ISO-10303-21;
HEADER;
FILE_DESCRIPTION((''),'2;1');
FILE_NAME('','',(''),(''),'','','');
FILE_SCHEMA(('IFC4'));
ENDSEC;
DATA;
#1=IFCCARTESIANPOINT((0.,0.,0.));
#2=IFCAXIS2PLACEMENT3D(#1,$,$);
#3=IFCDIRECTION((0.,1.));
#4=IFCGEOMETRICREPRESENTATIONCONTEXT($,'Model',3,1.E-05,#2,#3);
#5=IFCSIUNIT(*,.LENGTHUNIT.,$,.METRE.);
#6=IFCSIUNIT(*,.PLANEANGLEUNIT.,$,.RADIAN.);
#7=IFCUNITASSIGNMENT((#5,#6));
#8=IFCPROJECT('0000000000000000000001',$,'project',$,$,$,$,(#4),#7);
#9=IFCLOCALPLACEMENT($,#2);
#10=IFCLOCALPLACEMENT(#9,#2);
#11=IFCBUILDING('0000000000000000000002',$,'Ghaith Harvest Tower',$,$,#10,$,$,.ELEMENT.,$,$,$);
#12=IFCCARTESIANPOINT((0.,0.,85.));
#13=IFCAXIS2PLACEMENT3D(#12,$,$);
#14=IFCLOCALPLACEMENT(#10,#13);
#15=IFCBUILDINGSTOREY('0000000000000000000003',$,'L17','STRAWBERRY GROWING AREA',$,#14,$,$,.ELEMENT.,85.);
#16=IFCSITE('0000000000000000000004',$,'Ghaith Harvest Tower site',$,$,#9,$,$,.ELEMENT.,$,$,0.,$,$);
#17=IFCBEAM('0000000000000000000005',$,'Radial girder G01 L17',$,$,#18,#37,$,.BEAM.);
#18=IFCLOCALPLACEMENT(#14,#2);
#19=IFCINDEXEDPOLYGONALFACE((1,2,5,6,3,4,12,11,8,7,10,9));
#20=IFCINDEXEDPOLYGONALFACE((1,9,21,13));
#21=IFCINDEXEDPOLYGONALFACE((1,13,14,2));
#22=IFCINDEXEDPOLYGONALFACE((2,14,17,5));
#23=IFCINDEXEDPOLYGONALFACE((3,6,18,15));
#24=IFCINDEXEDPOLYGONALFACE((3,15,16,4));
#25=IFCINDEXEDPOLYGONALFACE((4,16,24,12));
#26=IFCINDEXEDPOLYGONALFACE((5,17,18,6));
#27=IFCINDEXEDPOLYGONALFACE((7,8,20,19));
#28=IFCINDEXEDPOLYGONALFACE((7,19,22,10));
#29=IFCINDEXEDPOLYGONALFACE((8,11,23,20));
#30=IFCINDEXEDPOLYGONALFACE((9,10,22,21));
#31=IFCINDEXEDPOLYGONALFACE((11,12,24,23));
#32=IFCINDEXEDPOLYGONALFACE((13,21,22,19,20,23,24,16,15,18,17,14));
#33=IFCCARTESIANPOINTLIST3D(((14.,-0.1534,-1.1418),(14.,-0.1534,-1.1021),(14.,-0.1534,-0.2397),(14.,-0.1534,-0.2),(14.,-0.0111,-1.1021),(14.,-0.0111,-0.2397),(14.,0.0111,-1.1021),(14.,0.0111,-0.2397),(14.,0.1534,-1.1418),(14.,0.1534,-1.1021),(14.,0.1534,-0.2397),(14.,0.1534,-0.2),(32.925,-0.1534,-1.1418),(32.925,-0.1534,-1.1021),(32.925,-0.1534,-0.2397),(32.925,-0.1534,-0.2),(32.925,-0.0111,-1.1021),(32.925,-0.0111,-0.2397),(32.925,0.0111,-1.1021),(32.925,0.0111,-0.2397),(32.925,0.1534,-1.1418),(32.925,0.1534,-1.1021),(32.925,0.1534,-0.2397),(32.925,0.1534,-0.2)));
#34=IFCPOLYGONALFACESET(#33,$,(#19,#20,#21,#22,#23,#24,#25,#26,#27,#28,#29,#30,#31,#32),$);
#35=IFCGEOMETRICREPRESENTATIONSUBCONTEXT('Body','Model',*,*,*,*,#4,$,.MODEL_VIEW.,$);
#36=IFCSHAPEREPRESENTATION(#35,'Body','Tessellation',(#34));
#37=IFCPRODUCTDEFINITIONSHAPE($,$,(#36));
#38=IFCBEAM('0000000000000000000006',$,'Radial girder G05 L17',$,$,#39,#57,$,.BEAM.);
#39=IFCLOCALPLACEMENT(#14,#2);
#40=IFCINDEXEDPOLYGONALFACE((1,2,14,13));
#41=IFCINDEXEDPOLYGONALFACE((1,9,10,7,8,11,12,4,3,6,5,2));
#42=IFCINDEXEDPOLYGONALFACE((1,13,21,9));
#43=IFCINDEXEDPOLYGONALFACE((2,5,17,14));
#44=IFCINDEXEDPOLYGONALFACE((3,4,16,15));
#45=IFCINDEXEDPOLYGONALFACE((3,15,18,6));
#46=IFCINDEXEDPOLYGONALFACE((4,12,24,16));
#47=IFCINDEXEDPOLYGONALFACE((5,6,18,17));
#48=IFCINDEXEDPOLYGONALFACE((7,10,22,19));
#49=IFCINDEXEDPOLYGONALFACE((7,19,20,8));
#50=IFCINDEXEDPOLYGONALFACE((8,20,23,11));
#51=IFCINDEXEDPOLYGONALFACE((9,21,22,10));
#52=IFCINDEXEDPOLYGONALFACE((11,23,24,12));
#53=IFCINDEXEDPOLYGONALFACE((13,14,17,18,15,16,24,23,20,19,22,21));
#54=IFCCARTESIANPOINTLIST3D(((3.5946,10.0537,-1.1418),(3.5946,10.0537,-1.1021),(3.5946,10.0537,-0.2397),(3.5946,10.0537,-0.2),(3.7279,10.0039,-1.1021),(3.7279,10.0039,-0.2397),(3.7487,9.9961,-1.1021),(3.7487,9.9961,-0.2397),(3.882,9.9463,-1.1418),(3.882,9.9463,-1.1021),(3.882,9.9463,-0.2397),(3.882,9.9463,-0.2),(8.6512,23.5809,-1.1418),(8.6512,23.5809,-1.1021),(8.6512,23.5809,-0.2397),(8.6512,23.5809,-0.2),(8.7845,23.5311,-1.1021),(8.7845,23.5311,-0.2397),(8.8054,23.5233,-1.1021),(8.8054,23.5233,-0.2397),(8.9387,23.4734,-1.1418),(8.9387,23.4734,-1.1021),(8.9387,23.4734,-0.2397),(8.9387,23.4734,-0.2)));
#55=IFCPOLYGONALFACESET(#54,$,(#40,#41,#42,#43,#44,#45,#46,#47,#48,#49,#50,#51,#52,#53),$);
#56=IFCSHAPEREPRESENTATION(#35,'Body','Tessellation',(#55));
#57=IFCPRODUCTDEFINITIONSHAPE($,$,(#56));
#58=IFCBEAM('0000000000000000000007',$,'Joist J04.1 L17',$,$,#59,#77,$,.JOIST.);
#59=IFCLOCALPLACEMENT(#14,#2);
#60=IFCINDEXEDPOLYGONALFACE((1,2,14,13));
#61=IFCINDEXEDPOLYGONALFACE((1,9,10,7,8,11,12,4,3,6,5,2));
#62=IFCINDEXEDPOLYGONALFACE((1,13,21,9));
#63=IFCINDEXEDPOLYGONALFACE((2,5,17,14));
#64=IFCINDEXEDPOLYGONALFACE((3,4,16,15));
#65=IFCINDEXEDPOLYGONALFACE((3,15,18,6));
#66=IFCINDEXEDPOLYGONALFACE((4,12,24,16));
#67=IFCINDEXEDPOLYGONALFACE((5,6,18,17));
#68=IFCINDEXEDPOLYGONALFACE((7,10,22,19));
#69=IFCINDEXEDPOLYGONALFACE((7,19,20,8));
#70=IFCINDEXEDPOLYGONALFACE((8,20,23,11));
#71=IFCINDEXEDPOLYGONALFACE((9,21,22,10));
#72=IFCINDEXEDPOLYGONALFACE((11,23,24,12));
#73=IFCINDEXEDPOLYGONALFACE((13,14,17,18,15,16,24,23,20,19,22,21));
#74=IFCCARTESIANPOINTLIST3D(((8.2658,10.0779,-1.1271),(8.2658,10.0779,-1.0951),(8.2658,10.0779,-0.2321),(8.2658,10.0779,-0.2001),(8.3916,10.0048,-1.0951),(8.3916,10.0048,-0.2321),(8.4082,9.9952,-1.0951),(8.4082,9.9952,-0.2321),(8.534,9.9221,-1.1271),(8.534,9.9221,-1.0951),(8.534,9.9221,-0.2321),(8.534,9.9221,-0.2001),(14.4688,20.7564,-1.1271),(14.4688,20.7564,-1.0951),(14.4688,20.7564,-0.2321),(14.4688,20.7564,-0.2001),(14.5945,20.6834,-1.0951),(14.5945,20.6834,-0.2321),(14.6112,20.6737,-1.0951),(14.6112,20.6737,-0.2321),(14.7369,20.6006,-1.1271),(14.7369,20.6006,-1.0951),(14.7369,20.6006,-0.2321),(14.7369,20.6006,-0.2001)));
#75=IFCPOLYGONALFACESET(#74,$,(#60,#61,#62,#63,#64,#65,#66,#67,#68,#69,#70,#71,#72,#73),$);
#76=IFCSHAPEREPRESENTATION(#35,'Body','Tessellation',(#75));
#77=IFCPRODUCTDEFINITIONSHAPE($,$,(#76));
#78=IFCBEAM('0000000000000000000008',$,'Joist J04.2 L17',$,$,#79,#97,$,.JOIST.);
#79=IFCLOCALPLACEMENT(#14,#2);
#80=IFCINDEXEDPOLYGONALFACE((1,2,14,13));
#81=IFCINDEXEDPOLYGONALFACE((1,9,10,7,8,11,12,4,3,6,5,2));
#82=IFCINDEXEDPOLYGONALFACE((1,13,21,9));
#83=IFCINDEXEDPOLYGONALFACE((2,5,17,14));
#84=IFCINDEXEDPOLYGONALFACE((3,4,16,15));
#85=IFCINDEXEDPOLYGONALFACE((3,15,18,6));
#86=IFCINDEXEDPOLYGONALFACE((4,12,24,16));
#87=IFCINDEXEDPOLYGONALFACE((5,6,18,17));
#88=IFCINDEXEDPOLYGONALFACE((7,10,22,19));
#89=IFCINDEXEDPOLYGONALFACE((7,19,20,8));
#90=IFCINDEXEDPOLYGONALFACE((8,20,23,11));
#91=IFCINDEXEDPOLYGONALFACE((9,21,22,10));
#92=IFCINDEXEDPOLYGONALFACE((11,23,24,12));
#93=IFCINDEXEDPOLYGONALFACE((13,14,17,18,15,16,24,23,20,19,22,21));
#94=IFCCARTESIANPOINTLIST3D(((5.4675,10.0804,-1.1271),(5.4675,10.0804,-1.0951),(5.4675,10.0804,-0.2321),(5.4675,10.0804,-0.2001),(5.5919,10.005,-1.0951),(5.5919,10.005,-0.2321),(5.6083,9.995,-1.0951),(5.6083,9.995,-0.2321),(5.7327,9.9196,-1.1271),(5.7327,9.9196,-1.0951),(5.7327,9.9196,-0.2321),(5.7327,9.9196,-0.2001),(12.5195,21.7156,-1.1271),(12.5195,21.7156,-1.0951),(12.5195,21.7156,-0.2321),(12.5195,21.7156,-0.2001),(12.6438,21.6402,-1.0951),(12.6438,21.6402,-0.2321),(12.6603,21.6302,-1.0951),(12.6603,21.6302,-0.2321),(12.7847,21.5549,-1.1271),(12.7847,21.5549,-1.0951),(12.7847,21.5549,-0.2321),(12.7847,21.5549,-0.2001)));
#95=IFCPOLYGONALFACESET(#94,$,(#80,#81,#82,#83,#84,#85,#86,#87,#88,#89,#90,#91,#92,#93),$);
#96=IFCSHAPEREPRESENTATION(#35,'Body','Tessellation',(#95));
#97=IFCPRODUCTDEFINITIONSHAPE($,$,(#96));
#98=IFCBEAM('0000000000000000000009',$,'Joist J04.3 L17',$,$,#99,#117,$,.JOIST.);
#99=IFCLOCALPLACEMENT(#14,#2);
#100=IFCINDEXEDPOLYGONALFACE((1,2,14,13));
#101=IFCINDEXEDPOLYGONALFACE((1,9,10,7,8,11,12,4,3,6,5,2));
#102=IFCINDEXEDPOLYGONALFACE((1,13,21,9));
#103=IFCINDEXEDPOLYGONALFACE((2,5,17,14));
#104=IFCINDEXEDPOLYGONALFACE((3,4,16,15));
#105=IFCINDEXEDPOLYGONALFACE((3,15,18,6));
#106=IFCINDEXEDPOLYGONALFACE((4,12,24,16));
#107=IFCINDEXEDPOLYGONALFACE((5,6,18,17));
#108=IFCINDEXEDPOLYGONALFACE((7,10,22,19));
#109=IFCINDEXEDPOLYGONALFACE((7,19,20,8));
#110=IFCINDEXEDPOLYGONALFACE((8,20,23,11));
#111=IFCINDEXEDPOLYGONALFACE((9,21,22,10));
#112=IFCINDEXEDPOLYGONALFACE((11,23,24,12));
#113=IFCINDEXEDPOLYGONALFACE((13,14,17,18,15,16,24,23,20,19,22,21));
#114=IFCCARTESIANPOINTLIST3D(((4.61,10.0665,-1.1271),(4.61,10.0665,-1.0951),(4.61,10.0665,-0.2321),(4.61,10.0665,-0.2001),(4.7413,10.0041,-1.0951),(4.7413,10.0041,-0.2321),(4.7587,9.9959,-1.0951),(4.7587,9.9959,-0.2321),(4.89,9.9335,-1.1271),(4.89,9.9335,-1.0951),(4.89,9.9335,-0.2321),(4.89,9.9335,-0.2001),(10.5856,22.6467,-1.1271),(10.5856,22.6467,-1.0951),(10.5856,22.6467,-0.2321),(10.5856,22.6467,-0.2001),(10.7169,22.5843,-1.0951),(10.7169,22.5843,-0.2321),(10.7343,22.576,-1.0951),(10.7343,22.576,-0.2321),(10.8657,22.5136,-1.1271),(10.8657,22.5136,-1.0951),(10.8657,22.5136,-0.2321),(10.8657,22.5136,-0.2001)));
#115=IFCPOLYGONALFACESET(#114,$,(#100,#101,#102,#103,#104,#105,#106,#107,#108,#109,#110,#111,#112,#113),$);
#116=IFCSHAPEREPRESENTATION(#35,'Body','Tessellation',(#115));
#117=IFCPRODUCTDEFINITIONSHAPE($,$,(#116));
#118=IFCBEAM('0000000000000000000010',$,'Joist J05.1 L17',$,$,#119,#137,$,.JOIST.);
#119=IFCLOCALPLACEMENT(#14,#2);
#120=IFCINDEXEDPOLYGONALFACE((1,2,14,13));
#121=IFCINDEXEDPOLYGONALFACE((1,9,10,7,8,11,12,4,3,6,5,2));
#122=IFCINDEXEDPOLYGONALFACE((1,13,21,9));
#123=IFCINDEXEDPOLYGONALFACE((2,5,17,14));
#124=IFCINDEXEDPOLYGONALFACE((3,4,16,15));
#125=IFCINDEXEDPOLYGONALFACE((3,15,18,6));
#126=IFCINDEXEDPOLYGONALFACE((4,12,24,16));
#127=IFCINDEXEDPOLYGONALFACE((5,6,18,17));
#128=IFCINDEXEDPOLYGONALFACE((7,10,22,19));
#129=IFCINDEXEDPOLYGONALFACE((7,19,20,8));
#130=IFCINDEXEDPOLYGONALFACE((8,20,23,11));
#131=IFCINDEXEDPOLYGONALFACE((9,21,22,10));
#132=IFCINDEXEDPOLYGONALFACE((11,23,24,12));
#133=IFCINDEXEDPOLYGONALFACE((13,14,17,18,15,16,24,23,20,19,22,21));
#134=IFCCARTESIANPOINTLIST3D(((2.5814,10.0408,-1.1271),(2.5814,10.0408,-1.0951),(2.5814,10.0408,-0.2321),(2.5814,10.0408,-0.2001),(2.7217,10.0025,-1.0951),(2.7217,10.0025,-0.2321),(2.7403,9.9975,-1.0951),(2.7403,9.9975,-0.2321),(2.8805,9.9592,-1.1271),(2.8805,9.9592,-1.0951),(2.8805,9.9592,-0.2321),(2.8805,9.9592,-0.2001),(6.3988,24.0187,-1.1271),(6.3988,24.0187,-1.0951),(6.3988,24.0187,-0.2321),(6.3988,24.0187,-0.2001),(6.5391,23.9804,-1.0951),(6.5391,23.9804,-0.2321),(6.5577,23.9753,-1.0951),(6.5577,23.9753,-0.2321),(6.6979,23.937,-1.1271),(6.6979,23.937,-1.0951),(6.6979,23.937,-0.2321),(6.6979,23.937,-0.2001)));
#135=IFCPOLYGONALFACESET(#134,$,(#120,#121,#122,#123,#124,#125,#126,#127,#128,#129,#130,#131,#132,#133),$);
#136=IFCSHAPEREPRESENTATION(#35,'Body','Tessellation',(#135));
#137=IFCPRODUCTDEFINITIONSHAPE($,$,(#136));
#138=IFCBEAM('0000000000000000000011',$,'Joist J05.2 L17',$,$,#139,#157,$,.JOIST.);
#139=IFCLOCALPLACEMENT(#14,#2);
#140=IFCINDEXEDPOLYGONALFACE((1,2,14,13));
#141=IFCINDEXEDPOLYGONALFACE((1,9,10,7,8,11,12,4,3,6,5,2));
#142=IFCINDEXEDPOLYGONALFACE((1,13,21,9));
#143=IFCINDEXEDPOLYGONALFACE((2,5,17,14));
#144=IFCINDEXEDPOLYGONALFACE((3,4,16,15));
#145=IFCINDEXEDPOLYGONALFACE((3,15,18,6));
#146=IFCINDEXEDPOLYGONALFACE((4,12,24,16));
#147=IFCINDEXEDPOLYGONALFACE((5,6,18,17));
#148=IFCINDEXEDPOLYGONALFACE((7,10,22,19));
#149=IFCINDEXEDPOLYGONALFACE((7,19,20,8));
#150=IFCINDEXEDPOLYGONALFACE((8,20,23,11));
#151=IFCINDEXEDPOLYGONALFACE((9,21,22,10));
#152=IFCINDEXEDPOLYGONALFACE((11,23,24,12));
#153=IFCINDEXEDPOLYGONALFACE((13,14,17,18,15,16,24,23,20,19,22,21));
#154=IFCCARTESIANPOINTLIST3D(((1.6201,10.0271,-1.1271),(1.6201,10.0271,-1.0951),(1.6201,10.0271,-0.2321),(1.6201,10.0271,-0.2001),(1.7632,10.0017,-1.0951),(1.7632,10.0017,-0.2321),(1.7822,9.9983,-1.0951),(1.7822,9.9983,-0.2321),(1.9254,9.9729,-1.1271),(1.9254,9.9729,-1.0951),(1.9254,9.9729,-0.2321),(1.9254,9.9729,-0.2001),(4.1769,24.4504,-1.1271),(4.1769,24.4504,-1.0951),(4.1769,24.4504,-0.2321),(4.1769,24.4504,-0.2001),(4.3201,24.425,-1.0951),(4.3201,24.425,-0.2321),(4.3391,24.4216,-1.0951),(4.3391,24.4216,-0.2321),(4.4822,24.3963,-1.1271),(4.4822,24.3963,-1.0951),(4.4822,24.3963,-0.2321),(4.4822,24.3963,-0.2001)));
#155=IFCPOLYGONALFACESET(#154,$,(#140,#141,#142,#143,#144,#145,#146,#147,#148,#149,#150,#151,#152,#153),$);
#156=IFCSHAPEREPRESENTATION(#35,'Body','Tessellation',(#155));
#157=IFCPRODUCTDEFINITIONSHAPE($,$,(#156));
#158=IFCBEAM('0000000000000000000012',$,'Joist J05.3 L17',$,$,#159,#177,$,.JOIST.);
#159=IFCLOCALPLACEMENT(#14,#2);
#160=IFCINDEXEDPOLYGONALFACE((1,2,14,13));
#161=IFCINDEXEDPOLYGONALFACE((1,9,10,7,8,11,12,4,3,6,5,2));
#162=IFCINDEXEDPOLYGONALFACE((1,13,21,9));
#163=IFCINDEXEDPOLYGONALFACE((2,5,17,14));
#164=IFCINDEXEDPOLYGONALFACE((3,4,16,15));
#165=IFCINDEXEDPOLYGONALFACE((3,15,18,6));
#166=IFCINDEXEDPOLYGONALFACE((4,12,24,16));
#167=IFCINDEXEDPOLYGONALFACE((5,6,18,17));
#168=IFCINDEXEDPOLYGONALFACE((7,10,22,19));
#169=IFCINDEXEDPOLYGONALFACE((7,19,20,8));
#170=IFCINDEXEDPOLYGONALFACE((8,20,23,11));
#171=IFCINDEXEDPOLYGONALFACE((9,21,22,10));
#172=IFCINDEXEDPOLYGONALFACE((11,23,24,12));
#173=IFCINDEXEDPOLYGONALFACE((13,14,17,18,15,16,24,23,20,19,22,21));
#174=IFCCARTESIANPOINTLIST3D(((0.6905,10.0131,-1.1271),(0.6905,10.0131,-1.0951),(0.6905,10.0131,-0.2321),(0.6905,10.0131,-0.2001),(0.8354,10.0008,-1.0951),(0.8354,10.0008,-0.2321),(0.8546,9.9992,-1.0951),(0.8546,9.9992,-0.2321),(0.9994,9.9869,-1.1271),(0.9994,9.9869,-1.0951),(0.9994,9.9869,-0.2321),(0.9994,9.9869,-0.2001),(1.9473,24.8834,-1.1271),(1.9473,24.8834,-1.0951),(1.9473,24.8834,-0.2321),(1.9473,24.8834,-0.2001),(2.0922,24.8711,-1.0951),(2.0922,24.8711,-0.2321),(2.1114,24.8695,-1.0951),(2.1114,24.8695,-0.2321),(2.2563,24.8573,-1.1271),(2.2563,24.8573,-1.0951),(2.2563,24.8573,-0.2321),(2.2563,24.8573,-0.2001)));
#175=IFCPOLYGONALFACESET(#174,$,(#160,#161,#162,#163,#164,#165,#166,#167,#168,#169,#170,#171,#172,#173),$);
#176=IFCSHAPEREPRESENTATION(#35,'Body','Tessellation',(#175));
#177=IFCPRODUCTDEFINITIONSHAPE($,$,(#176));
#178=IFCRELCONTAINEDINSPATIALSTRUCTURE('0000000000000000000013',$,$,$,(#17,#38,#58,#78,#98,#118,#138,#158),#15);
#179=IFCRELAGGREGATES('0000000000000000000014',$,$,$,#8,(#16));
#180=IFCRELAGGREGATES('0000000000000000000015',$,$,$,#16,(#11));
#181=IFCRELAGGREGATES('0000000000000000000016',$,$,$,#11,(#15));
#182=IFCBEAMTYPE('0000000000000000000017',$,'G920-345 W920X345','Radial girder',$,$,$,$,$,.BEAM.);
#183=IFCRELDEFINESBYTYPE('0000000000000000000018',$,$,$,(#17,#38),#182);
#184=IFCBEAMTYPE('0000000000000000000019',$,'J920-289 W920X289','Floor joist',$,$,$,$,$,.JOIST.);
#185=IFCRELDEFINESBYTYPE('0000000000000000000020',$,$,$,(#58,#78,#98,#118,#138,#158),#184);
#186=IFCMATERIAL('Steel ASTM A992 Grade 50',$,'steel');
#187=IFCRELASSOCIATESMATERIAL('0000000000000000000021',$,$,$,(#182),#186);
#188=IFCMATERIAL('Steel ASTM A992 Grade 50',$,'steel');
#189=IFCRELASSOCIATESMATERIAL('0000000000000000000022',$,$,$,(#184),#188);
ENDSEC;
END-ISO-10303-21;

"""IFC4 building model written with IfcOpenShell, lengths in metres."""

from ifc_helpers import new_model, si_unit, direction, frame, origin, origin_2d, place, context, subcontext, project, spatial, i_section, extrude, material, material_profile, profile_set, type_object, element, save


model = new_model("IFC4")

# Units and contexts
model_context = context("Model", 3, precision=1e-05, world=origin(), true_north=direction((0.0, 1.0)))
body_context = subcontext(model_context, "Body", "Model", "MODEL_VIEW")
ifc_project = project(units=[si_unit("LENGTHUNIT", "METRE"), si_unit("PLANEANGLEUNIT", "RADIAN")], contexts=[model_context])

# Site, building, storey
site_placement = place(None, origin())
site = spatial("IfcSite", under=ifc_project, at=site_placement, Name="Ghaith Harvest Tower site", CompositionType="ELEMENT", RefElevation=0.0)
building_placement = place(site_placement, origin())
building = spatial("IfcBuilding", under=site, at=building_placement, Name="Ghaith Harvest Tower", CompositionType="ELEMENT")
storey_placement = place(building_placement, frame((0.0, 0.0, 85.0)))
storey = spatial("IfcBuildingStorey", under=building, at=storey_placement, Name="L17", Description="STRAWBERRY GROWING AREA", CompositionType="ELEMENT", Elevation=85.0)

# Beams
ifc_material_1 = material(Name="Steel ASTM A992 Grade 50", Category="steel")
ifc_material_profile_1 = material_profile(ifc_material_1, i_section(OverallWidth=0.3069, OverallDepth=0.9419, WebThickness=0.0222, FlangeThickness=0.0398, at=origin_2d()), Name="W920X345")
ifc_profile_set_1 = profile_set([ifc_material_profile_1], Name="Steel ASTM A992 Grade 50")
beam_type_1 = type_object("IfcBeamType", Name="G920-345 W920X345", Description="Radial girder", PredefinedType="BEAM", material=ifc_profile_set_1)
beam_1_placement = place(storey_placement, frame((14.0, 0.0, -0.6709), z_axis=(1.0, 0.0, 0.0), x_axis=(0.0, 1.0, 0.0)))
element("IfcBeam", 1, at=beam_1_placement, inside=storey, type_object=beam_type_1, Name="Radial girder G01 L17", PredefinedType="BEAM", context=body_context, shape_type="SweptSolid", body=[
    extrude(i_section(OverallWidth=0.3069, OverallDepth=0.9419, WebThickness=0.0222, FlangeThickness=0.0398, at=origin_2d()), origin(), (0.0, 0.0, 1.0), 18.925),
])
beam_2_placement = place(storey_placement, frame((3.7383, 10.0, -0.6709), z_axis=(0.350151, 0.936693, 0.0), x_axis=(-0.936693, 0.350151, 0.0)))
element("IfcBeam", 2, at=beam_2_placement, inside=storey, type_object=beam_type_1, Name="Radial girder G05 L17", PredefinedType="BEAM", context=body_context, shape_type="SweptSolid", body=[
    extrude(i_section(OverallWidth=0.3069, OverallDepth=0.9419, WebThickness=0.0222, FlangeThickness=0.0398, at=origin_2d()), origin(), (0.0, 0.0, 1.0), 14.4414),
])
ifc_material_2 = material(Name="Steel ASTM A992 Grade 50", Category="steel")
ifc_material_profile_2 = material_profile(ifc_material_2, i_section(OverallWidth=0.3101, OverallDepth=0.927, WebThickness=0.0193, FlangeThickness=0.032, at=origin_2d()), Name="W920X289")
ifc_profile_set_2 = profile_set([ifc_material_profile_2], Name="Steel ASTM A992 Grade 50")
beam_type_2 = type_object("IfcBeamType", Name="J920-289 W920X289", Description="Floor joist", PredefinedType="JOIST", material=ifc_profile_set_2)
beam_3_placement = place(storey_placement, frame((8.3999, 10.0, -0.6636), z_axis=(0.502286, 0.864702, 0.0), x_axis=(-0.864702, 0.502286, 0.0)))
element("IfcBeam", 3, at=beam_3_placement, inside=storey, type_object=beam_type_2, Name="Joist J04.1 L17", PredefinedType="JOIST", context=body_context, shape_type="SweptSolid", body=[
    extrude(i_section(OverallWidth=0.3101, OverallDepth=0.927, WebThickness=0.0193, FlangeThickness=0.032, at=origin_2d()), origin(), (0.0, 0.0, 1.0), 12.3494),
])
beam_4_placement = place(storey_placement, frame((5.6001, 10.0, -0.6636), z_axis=(0.51832, 0.855187, 0.0), x_axis=(-0.855187, 0.51832, 0.0)))
element("IfcBeam", 4, at=beam_4_placement, inside=storey, type_object=beam_type_2, Name="Joist J04.2 L17", PredefinedType="JOIST", context=body_context, shape_type="SweptSolid", body=[
    extrude(i_section(OverallWidth=0.3101, OverallDepth=0.927, WebThickness=0.0193, FlangeThickness=0.032, at=origin_2d()), origin(), (0.0, 0.0, 1.0), 13.6055),
])
beam_5_placement = place(storey_placement, frame((4.75, 10.0, -0.6636), z_axis=(0.42906, 0.903276, 0.0), x_axis=(-0.903276, 0.42906, 0.0)))
element("IfcBeam", 5, at=beam_5_placement, inside=storey, type_object=beam_type_2, Name="Joist J04.3 L17", PredefinedType="JOIST", context=body_context, shape_type="SweptSolid", body=[
    extrude(i_section(OverallWidth=0.3101, OverallDepth=0.927, WebThickness=0.0193, FlangeThickness=0.032, at=origin_2d()), origin(), (0.0, 0.0, 1.0), 13.9272),
])
beam_6_placement = place(storey_placement, frame((2.731, 10.0, -0.6636), z_axis=(0.263455, 0.964672, 0.0), x_axis=(-0.964672, 0.263455, 0.0)))
element("IfcBeam", 6, at=beam_6_placement, inside=storey, type_object=beam_type_2, Name="Joist J05.1 L17", PredefinedType="JOIST", context=body_context, shape_type="SweptSolid", body=[
    extrude(i_section(OverallWidth=0.3101, OverallDepth=0.927, WebThickness=0.0193, FlangeThickness=0.032, at=origin_2d()), origin(), (0.0, 0.0, 1.0), 14.4897),
])
beam_7_placement = place(storey_placement, frame((1.7727, 10.0, -0.6636), z_axis=(0.174553, 0.984648, 0.0), x_axis=(-0.984648, 0.174553, 0.0)))
element("IfcBeam", 7, at=beam_7_placement, inside=storey, type_object=beam_type_2, Name="Joist J05.2 L17", PredefinedType="JOIST", context=body_context, shape_type="SweptSolid", body=[
    extrude(i_section(OverallWidth=0.3101, OverallDepth=0.927, WebThickness=0.0193, FlangeThickness=0.032, at=origin_2d()), origin(), (0.0, 0.0, 1.0), 14.6482),
])
beam_8_placement = place(storey_placement, frame((0.845, 10.0, -0.6636), z_axis=(0.084219, 0.996447, 0.0), x_axis=(-0.996447, 0.084219, 0.0)))
element("IfcBeam", 8, at=beam_8_placement, inside=storey, type_object=beam_type_2, Name="Joist J05.3 L17", PredefinedType="JOIST", context=body_context, shape_type="SweptSolid", body=[
    extrude(i_section(OverallWidth=0.3101, OverallDepth=0.927, WebThickness=0.0193, FlangeThickness=0.032, at=origin_2d()), origin(), (0.0, 0.0, 1.0), 14.9233),
])

save(model, "model.ifc")
